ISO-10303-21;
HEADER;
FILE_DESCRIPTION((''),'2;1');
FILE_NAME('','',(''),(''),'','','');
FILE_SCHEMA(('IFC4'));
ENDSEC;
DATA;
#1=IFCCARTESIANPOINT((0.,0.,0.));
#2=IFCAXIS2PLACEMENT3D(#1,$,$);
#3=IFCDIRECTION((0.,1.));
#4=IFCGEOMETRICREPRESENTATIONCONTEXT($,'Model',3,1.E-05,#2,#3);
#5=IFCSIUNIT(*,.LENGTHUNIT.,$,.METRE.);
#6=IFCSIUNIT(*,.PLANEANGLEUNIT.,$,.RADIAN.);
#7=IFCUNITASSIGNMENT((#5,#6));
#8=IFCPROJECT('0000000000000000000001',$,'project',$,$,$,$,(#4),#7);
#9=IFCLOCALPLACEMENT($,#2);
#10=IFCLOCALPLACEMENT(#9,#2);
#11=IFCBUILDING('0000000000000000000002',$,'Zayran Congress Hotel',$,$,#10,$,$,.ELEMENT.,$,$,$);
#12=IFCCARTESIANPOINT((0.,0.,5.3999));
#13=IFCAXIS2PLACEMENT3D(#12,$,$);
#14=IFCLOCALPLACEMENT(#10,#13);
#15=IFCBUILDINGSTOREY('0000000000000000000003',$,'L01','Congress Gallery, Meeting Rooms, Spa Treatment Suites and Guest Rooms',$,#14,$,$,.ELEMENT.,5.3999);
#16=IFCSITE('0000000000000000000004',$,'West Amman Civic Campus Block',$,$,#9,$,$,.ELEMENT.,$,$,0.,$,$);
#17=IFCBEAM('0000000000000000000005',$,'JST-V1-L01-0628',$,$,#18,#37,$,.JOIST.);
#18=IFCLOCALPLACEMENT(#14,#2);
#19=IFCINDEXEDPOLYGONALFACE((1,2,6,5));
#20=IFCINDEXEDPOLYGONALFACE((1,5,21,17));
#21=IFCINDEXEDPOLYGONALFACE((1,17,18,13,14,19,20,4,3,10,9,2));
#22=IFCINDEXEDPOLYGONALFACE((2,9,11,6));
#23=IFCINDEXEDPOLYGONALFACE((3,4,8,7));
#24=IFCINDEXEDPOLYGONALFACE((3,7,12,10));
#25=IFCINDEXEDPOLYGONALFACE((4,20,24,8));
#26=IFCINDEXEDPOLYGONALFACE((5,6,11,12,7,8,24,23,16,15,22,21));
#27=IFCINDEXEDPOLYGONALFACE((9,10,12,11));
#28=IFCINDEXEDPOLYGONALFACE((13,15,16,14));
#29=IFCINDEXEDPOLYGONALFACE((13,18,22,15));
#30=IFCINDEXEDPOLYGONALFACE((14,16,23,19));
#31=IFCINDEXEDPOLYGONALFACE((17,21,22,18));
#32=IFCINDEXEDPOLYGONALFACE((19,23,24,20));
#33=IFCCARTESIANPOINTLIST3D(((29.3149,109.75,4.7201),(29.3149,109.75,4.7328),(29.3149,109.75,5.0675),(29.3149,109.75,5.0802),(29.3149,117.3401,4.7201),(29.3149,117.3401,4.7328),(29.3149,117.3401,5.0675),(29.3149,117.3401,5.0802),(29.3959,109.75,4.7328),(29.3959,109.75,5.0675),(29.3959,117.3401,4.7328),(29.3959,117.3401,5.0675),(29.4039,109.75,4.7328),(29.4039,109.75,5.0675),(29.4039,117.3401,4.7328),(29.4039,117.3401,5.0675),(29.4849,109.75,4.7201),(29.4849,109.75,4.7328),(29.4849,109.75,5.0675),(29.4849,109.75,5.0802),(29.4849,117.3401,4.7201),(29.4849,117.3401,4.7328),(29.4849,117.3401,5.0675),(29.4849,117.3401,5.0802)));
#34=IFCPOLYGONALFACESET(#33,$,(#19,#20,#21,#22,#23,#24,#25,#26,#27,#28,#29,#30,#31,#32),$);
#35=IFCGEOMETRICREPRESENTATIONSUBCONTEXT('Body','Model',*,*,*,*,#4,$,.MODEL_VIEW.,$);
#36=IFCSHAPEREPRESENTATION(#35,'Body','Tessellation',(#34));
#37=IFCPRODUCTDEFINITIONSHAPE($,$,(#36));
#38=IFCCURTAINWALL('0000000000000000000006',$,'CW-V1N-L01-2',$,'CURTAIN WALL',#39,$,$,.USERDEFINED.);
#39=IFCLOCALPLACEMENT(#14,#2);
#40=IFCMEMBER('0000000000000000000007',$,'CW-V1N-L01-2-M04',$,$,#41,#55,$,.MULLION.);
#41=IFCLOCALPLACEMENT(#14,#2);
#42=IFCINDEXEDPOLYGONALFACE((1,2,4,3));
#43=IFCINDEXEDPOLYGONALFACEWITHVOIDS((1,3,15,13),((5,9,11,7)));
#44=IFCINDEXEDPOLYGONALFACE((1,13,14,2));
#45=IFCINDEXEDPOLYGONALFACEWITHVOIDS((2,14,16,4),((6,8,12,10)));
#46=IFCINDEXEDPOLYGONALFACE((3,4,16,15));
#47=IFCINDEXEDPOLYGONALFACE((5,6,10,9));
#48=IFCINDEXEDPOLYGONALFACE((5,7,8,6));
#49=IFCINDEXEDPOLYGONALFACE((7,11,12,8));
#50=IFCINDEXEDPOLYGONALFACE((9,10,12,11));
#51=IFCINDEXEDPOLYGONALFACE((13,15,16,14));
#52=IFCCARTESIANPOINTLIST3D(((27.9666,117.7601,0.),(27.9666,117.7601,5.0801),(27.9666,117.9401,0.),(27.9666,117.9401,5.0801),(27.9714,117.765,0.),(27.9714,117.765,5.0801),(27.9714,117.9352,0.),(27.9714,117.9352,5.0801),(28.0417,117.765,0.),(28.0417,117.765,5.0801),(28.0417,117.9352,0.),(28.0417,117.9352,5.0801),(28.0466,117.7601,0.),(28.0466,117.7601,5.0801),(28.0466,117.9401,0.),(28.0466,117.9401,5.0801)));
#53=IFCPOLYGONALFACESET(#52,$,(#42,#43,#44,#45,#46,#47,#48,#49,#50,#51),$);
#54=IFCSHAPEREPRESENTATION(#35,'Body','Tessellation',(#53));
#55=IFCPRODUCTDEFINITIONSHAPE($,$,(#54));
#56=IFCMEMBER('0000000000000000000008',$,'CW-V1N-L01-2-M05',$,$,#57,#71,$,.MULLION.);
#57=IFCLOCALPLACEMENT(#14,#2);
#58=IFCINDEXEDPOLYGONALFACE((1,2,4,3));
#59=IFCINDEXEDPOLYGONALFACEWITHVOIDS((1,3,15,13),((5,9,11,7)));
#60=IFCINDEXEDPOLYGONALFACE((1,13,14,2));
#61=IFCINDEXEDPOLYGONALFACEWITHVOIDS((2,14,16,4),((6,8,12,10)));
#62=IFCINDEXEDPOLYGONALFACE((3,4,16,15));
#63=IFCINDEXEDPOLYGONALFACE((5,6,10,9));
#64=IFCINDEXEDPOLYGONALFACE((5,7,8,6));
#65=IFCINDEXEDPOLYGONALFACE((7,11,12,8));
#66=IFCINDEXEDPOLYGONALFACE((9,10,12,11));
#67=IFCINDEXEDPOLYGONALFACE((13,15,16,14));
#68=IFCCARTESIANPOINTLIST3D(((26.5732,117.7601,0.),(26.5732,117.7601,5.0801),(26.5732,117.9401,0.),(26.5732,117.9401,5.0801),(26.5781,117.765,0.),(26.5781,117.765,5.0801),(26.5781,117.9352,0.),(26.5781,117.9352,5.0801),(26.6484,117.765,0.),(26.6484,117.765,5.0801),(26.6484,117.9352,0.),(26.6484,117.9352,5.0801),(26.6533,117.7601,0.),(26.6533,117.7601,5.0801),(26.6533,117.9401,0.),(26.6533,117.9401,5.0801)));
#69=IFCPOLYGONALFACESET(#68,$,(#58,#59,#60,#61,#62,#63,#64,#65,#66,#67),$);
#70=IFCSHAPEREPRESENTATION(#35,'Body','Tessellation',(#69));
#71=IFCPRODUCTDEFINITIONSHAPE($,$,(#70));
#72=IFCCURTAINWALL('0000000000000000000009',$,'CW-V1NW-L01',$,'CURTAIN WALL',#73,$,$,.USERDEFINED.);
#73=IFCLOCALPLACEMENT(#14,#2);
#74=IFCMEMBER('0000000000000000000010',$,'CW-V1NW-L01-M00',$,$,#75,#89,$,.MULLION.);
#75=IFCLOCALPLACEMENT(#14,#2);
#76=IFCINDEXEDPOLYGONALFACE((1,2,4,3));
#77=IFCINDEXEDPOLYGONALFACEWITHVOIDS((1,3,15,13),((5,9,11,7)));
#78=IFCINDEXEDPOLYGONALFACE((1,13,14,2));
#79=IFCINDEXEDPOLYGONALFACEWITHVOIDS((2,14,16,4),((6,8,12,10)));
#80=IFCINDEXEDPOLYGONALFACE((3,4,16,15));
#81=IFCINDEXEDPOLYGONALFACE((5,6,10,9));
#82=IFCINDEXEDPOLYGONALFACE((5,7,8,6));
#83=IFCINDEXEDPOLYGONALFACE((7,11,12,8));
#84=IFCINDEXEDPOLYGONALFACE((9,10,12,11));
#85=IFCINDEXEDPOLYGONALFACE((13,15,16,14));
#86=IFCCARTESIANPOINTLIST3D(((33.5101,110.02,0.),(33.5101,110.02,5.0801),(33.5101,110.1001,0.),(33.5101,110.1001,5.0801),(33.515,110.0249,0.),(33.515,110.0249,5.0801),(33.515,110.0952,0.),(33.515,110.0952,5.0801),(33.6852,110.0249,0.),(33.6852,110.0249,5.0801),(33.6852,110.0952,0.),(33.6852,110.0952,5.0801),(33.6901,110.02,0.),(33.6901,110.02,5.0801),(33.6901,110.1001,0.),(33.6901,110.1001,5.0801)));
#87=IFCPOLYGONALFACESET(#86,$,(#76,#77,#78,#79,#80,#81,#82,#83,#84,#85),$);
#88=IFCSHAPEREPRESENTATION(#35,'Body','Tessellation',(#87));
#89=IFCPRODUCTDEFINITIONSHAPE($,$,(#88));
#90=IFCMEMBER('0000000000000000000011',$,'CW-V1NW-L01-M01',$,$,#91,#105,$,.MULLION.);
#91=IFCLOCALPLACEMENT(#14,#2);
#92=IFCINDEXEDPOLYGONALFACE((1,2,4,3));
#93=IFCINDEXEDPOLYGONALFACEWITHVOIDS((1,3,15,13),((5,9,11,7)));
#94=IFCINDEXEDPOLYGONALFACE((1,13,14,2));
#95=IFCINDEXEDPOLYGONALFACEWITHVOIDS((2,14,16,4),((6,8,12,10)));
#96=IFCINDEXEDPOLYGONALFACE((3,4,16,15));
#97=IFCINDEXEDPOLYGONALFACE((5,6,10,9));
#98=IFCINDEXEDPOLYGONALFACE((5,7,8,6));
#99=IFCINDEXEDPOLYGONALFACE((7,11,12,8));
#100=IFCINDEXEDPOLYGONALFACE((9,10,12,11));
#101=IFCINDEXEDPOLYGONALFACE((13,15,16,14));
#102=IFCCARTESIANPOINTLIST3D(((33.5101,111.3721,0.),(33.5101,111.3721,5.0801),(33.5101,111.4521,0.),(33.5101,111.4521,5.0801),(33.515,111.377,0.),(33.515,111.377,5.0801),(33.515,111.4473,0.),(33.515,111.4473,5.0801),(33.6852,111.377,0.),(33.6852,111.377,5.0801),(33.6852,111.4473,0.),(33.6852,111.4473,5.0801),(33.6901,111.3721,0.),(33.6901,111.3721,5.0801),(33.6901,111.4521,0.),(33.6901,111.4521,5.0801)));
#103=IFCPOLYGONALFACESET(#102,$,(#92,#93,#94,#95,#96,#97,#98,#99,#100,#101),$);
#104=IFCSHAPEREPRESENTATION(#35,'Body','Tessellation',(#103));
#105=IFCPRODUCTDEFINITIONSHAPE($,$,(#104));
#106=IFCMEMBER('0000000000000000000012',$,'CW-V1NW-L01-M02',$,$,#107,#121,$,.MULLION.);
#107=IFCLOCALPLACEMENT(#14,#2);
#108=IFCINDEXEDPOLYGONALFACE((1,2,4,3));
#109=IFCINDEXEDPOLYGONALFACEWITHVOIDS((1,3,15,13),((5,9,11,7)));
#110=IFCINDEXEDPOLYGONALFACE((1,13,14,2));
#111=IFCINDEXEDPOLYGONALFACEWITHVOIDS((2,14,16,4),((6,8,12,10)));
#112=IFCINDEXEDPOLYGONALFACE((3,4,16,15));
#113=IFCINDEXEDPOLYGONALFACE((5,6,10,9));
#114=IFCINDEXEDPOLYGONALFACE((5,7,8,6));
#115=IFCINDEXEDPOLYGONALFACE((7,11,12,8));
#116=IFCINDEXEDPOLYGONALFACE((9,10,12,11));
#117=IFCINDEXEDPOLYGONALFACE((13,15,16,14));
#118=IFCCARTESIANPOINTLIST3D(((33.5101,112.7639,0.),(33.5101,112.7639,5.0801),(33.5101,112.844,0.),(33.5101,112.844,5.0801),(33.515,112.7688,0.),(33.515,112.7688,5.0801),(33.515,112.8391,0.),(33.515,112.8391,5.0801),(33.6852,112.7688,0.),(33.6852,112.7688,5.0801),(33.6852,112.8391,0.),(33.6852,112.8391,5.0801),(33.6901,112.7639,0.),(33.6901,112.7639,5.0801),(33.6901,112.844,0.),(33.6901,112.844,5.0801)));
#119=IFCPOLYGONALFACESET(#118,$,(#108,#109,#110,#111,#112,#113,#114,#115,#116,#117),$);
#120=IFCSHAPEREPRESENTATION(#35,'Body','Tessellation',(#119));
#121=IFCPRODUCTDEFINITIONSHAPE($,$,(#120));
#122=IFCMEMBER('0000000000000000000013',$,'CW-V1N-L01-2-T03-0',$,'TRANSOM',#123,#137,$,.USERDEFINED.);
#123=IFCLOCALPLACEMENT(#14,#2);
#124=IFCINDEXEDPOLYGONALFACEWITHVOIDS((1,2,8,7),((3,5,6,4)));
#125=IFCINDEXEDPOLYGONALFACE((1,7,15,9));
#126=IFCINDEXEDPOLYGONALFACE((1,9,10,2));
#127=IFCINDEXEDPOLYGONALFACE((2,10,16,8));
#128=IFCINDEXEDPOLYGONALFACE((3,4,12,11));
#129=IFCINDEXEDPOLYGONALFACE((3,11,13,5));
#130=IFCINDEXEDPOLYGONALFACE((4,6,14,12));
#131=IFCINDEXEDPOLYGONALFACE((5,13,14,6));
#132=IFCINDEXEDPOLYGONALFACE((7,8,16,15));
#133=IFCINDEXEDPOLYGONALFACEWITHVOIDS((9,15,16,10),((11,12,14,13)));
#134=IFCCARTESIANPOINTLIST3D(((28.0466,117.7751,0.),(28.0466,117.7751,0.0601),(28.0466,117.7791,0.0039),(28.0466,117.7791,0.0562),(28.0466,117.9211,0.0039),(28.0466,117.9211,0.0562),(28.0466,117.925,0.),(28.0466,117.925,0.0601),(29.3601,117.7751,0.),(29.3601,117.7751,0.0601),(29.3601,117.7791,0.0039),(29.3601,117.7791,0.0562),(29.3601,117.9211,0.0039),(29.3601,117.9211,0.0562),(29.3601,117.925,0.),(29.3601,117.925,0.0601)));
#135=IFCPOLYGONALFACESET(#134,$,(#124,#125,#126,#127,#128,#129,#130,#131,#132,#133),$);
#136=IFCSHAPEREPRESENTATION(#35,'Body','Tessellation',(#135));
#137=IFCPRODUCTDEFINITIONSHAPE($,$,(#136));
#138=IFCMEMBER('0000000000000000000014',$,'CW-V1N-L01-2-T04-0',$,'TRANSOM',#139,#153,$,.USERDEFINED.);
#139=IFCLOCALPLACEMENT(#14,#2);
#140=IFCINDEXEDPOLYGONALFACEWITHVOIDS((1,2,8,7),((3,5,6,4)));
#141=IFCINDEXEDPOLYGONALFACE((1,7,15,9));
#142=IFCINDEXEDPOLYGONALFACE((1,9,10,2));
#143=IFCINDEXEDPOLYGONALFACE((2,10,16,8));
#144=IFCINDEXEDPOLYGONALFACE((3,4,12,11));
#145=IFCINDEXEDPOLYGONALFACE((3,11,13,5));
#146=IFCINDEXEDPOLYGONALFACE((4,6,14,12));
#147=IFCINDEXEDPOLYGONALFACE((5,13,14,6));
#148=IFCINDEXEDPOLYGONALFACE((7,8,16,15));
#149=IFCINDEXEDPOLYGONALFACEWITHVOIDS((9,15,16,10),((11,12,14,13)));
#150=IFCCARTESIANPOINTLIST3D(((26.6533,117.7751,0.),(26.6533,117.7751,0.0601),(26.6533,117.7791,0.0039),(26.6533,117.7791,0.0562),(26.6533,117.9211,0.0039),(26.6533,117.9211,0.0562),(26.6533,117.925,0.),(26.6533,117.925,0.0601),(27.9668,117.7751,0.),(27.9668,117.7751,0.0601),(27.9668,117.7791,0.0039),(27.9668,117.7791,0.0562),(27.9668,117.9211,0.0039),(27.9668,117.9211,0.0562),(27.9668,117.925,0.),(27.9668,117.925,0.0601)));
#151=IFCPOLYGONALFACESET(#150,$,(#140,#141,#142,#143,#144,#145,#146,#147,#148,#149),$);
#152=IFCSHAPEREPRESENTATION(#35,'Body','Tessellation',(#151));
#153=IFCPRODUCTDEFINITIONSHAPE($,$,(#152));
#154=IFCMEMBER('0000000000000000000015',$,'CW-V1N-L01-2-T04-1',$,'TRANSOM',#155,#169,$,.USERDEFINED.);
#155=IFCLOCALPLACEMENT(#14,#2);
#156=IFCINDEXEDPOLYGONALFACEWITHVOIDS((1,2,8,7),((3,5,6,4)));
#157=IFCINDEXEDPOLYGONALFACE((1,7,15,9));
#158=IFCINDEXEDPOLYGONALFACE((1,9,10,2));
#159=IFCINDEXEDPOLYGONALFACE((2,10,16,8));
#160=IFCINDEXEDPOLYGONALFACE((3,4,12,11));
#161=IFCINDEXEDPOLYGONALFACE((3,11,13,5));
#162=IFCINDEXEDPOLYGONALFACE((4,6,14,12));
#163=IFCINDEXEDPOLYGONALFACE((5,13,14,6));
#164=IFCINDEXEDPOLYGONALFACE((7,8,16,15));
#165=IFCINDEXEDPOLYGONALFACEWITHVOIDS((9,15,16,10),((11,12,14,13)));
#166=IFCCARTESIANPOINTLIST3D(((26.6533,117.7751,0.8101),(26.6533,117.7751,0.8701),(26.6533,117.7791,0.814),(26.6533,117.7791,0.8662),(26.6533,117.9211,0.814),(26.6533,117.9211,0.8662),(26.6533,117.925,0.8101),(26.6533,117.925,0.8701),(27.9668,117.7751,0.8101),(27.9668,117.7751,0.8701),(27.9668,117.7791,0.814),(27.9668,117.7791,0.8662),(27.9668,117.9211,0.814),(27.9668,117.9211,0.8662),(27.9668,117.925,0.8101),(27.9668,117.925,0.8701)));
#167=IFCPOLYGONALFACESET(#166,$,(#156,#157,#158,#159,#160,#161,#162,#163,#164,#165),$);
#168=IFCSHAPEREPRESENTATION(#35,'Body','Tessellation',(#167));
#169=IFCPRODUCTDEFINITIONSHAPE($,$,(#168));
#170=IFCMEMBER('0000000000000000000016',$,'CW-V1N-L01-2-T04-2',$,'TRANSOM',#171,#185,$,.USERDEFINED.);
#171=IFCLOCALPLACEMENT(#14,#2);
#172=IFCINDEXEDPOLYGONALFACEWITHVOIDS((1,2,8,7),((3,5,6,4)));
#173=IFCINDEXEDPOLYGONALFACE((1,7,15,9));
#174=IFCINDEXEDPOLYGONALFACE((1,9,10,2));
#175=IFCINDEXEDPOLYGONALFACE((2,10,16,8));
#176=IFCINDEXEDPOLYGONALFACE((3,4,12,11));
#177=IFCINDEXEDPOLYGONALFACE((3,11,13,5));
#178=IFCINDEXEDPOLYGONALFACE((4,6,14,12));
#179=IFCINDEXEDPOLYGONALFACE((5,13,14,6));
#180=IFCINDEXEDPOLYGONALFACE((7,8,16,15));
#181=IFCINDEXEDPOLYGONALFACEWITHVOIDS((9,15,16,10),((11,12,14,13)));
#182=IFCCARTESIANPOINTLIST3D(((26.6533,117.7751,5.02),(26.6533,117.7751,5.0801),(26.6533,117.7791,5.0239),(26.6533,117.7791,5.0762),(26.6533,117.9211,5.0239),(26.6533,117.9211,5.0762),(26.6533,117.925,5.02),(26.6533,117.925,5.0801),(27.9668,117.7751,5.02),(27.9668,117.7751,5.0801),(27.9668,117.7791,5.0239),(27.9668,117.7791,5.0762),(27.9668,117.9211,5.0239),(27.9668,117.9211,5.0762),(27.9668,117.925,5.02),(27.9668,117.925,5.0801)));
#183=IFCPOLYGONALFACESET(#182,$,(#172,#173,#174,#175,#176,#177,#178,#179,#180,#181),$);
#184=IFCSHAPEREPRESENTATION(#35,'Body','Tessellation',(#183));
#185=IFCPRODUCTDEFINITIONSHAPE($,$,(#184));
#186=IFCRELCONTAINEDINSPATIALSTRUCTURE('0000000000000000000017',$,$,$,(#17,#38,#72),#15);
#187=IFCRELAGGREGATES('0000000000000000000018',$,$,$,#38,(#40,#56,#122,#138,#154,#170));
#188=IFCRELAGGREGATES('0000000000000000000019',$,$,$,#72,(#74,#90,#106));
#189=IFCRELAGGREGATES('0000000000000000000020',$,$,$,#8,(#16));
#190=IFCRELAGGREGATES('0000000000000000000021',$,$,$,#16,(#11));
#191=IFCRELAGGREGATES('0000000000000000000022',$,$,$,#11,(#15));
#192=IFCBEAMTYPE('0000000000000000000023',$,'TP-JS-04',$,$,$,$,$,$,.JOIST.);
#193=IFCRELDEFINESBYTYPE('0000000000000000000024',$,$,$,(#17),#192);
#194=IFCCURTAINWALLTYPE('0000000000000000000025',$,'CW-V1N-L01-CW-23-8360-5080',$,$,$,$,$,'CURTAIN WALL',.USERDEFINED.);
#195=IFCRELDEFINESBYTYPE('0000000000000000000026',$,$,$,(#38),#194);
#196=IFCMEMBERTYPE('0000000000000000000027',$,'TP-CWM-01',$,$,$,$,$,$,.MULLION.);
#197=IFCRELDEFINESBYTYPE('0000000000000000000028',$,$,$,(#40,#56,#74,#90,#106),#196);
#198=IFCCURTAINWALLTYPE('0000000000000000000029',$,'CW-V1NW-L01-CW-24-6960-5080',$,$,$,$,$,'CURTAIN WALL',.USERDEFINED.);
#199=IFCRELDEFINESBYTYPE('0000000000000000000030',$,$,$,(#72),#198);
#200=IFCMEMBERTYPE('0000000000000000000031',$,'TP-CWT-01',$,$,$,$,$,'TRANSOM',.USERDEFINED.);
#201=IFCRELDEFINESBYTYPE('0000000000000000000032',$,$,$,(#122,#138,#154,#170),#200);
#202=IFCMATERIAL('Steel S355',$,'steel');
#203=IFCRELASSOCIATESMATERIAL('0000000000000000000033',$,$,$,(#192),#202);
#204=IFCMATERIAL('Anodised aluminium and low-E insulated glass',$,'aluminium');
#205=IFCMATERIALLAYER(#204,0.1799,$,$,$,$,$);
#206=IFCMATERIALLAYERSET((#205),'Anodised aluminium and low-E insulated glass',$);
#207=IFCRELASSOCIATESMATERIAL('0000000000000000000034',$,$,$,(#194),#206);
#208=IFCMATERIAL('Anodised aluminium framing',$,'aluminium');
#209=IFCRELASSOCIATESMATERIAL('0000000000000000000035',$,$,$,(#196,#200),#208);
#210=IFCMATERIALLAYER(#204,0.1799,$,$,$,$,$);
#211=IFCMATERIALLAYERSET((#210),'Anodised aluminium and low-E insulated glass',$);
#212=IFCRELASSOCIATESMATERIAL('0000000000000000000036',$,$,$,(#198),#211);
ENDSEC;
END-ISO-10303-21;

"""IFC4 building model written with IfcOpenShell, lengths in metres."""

from ifc_helpers import new_model, si_unit, direction, frame, origin, origin_2d, place, context, subcontext, project, spatial, hollow_rectangle, i_section, extrude, material, layer, layer_set, material_profile, profile_set, type_object, element, aggregate, save


model = new_model("IFC4")

# Units and contexts
model_context = context("Model", 3, precision=1e-05, world=origin(), true_north=direction((0.0, 1.0)))
body_context = subcontext(model_context, "Body", "Model", "MODEL_VIEW")
ifc_project = project(units=[si_unit("LENGTHUNIT", "METRE"), si_unit("PLANEANGLEUNIT", "RADIAN")], contexts=[model_context])

# Site, building, storey
site_placement = place(None, origin())
site = spatial("IfcSite", under=ifc_project, at=site_placement, Name="West Amman Civic Campus Block", CompositionType="ELEMENT", RefElevation=0.0)
building_placement = place(site_placement, origin())
building = spatial("IfcBuilding", under=site, at=building_placement, Name="Zayran Congress Hotel", CompositionType="ELEMENT")
storey_placement = place(building_placement, frame((0.0, 0.0, 5.3999)))
storey = spatial("IfcBuildingStorey", under=building, at=storey_placement, Name="L01", Description="Congress Gallery, Meeting Rooms, Spa Treatment Suites and Guest Rooms", CompositionType="ELEMENT", Elevation=5.3999)

# Beam
ifc_material_1 = material(Name="Steel S355", Category="steel")
ifc_material_profile_1 = material_profile(ifc_material_1, i_section(OverallWidth=0.1699, OverallDepth=0.3601, WebThickness=0.0081, FlangeThickness=0.0127, at=origin_2d()), Name="IPE 360")
ifc_profile_set_1 = profile_set([ifc_material_profile_1], Name="Steel S355")
beam_type = type_object("IfcBeamType", Name="TP-JS-04", PredefinedType="JOIST", material=ifc_profile_set_1)
beam_placement = place(storey_placement, frame((29.3999, 109.75, 4.9001), z_axis=(0.0, 1.0, 0.0), x_axis=(-1.0, 0.0, 0.0)))
element("IfcBeam", 1, at=beam_placement, inside=storey, type_object=beam_type, Name="JST-V1-L01-0628", PredefinedType="JOIST", context=body_context, shape_type="SweptSolid", body=[
    extrude(i_section(OverallWidth=0.1699, OverallDepth=0.3601, WebThickness=0.0081, FlangeThickness=0.0127, at=origin_2d()), origin(), (0.0, 0.0, 1.0), 7.5901),
])

# Curtain walls, members
ifc_material_2 = material(Name="Anodised aluminium and low-E insulated glass", Category="aluminium")
ifc_layer_1 = layer(ifc_material_2, 0.1799)
ifc_layer_set_1 = layer_set([ifc_layer_1], Name="Anodised aluminium and low-E insulated glass")
curtain_wall_type_1 = type_object("IfcCurtainWallType", Name="CW-V1N-L01-CW-23-8360-5080", ElementType="CURTAIN WALL", PredefinedType="USERDEFINED", material=ifc_layer_set_1)
curtain_wall_1_placement = place(storey_placement, origin())
curtain_wall_1 = element("IfcCurtainWall", 2, at=curtain_wall_1_placement, inside=storey, type_object=curtain_wall_type_1, Name="CW-V1N-L01-2", ObjectType="CURTAIN WALL", PredefinedType="USERDEFINED")
ifc_material_3 = material(Name="Anodised aluminium framing", Category="aluminium")
ifc_material_profile_2 = material_profile(ifc_material_3, hollow_rectangle(XDim=0.0801, YDim=0.1799, WallThickness=0.0049, at=origin_2d()), Name="RHS 180x80x5")
ifc_profile_set_2 = profile_set([ifc_material_profile_2], Name="Anodised aluminium framing")
member_type_1 = type_object("IfcMemberType", Name="TP-CWM-01", PredefinedType="MULLION", material=ifc_profile_set_2)
member_1_placement = place(storey_placement, frame((28.0066, 117.8501, 0.0), z_axis=(0.0, 0.0, 1.0), x_axis=(1.0, 0.0, 0.0)))
member_1 = element("IfcMember", 3, at=member_1_placement, type_object=member_type_1, Name="CW-V1N-L01-2-M04", PredefinedType="MULLION", context=body_context, shape_type="SweptSolid", body=[
    extrude(hollow_rectangle(XDim=0.0801, YDim=0.1799, WallThickness=0.0049, at=origin_2d()), origin(), (0.0, 0.0, 1.0), 5.0801),
])
member_2_placement = place(storey_placement, frame((26.6133, 117.8501, 0.0), z_axis=(0.0, 0.0, 1.0), x_axis=(1.0, 0.0, 0.0)))
member_2 = element("IfcMember", 4, at=member_2_placement, type_object=member_type_1, Name="CW-V1N-L01-2-M05", PredefinedType="MULLION", context=body_context, shape_type="SweptSolid", body=[
    extrude(hollow_rectangle(XDim=0.0801, YDim=0.1799, WallThickness=0.0049, at=origin_2d()), origin(), (0.0, 0.0, 1.0), 5.0801),
])
ifc_layer_2 = layer(ifc_material_2, 0.1799)
ifc_layer_set_2 = layer_set([ifc_layer_2], Name="Anodised aluminium and low-E insulated glass")
curtain_wall_type_2 = type_object("IfcCurtainWallType", Name="CW-V1NW-L01-CW-24-6960-5080", ElementType="CURTAIN WALL", PredefinedType="USERDEFINED", material=ifc_layer_set_2)
curtain_wall_2_placement = place(storey_placement, origin())
curtain_wall_2 = element("IfcCurtainWall", 5, at=curtain_wall_2_placement, inside=storey, type_object=curtain_wall_type_2, Name="CW-V1NW-L01", ObjectType="CURTAIN WALL", PredefinedType="USERDEFINED")
member_3_placement = place(storey_placement, frame((33.6001, 110.0601, 0.0), z_axis=(0.0, 0.0, 1.0), x_axis=(0.0, 1.0, 0.0)))
member_3 = element("IfcMember", 6, at=member_3_placement, type_object=member_type_1, Name="CW-V1NW-L01-M00", PredefinedType="MULLION", context=body_context, shape_type="SweptSolid", body=[
    extrude(hollow_rectangle(XDim=0.0801, YDim=0.1799, WallThickness=0.0049, at=origin_2d()), origin(), (0.0, 0.0, 1.0), 5.0801),
])
member_4_placement = place(storey_placement, frame((33.6001, 111.4121, 0.0), z_axis=(0.0, 0.0, 1.0), x_axis=(0.0, 1.0, 0.0)))
member_4 = element("IfcMember", 7, at=member_4_placement, type_object=member_type_1, Name="CW-V1NW-L01-M01", PredefinedType="MULLION", context=body_context, shape_type="SweptSolid", body=[
    extrude(hollow_rectangle(XDim=0.0801, YDim=0.1799, WallThickness=0.0049, at=origin_2d()), origin(), (0.0, 0.0, 1.0), 5.0801),
])
member_5_placement = place(storey_placement, frame((33.6001, 112.804, 0.0), z_axis=(0.0, 0.0, 1.0), x_axis=(0.0, 1.0, 0.0)))
member_5 = element("IfcMember", 8, at=member_5_placement, type_object=member_type_1, Name="CW-V1NW-L01-M02", PredefinedType="MULLION", context=body_context, shape_type="SweptSolid", body=[
    extrude(hollow_rectangle(XDim=0.0801, YDim=0.1799, WallThickness=0.0049, at=origin_2d()), origin(), (0.0, 0.0, 1.0), 5.0801),
])

# Members
ifc_material_profile_3 = material_profile(ifc_material_3, hollow_rectangle(XDim=0.0601, YDim=0.1499, WallThickness=0.0039, at=origin_2d()), Name="RHS 150x60x4")
ifc_profile_set_3 = profile_set([ifc_material_profile_3], Name="Anodised aluminium framing")
member_type_2 = type_object("IfcMemberType", Name="TP-CWT-01", ElementType="TRANSOM", PredefinedType="USERDEFINED", material=ifc_profile_set_3)
member_6_placement = place(storey_placement, frame((29.3601, 117.8501, 0.03), z_axis=(-1.0, 0.0, 0.0), x_axis=(0.0, 0.0, 1.0)))
member_6 = element("IfcMember", 9, at=member_6_placement, type_object=member_type_2, Name="CW-V1N-L01-2-T03-0", ObjectType="TRANSOM", PredefinedType="USERDEFINED", context=body_context, shape_type="SweptSolid", body=[
    extrude(hollow_rectangle(XDim=0.0601, YDim=0.1499, WallThickness=0.0039, at=origin_2d()), origin(), (0.0, 0.0, 1.0), 1.3135),
])
member_7_placement = place(storey_placement, frame((27.9668, 117.8501, 0.03), z_axis=(-1.0, 0.0, 0.0), x_axis=(0.0, 0.0, 1.0)))
member_7 = element("IfcMember", 10, at=member_7_placement, type_object=member_type_2, Name="CW-V1N-L01-2-T04-0", ObjectType="TRANSOM", PredefinedType="USERDEFINED", context=body_context, shape_type="SweptSolid", body=[
    extrude(hollow_rectangle(XDim=0.0601, YDim=0.1499, WallThickness=0.0039, at=origin_2d()), origin(), (0.0, 0.0, 1.0), 1.3135),
])
member_8_placement = place(storey_placement, frame((27.9668, 117.8501, 0.8401), z_axis=(-1.0, 0.0, 0.0), x_axis=(0.0, 0.0, 1.0)))
member_8 = element("IfcMember", 11, at=member_8_placement, type_object=member_type_2, Name="CW-V1N-L01-2-T04-1", ObjectType="TRANSOM", PredefinedType="USERDEFINED", context=body_context, shape_type="SweptSolid", body=[
    extrude(hollow_rectangle(XDim=0.0601, YDim=0.1499, WallThickness=0.0039, at=origin_2d()), origin(), (0.0, 0.0, 1.0), 1.3135),
])
member_9_placement = place(storey_placement, frame((27.9668, 117.8501, 5.05), z_axis=(-1.0, 0.0, 0.0), x_axis=(0.0, 0.0, 1.0)))
member_9 = element("IfcMember", 12, at=member_9_placement, type_object=member_type_2, Name="CW-V1N-L01-2-T04-2", ObjectType="TRANSOM", PredefinedType="USERDEFINED", context=body_context, shape_type="SweptSolid", body=[
    extrude(hollow_rectangle(XDim=0.0601, YDim=0.1499, WallThickness=0.0039, at=origin_2d()), origin(), (0.0, 0.0, 1.0), 1.3135),
])

aggregate(curtain_wall_1, [member_1, member_2, member_6, member_7, member_8, member_9])
aggregate(curtain_wall_2, [member_3, member_4, member_5])

save(model, "model.ifc")
